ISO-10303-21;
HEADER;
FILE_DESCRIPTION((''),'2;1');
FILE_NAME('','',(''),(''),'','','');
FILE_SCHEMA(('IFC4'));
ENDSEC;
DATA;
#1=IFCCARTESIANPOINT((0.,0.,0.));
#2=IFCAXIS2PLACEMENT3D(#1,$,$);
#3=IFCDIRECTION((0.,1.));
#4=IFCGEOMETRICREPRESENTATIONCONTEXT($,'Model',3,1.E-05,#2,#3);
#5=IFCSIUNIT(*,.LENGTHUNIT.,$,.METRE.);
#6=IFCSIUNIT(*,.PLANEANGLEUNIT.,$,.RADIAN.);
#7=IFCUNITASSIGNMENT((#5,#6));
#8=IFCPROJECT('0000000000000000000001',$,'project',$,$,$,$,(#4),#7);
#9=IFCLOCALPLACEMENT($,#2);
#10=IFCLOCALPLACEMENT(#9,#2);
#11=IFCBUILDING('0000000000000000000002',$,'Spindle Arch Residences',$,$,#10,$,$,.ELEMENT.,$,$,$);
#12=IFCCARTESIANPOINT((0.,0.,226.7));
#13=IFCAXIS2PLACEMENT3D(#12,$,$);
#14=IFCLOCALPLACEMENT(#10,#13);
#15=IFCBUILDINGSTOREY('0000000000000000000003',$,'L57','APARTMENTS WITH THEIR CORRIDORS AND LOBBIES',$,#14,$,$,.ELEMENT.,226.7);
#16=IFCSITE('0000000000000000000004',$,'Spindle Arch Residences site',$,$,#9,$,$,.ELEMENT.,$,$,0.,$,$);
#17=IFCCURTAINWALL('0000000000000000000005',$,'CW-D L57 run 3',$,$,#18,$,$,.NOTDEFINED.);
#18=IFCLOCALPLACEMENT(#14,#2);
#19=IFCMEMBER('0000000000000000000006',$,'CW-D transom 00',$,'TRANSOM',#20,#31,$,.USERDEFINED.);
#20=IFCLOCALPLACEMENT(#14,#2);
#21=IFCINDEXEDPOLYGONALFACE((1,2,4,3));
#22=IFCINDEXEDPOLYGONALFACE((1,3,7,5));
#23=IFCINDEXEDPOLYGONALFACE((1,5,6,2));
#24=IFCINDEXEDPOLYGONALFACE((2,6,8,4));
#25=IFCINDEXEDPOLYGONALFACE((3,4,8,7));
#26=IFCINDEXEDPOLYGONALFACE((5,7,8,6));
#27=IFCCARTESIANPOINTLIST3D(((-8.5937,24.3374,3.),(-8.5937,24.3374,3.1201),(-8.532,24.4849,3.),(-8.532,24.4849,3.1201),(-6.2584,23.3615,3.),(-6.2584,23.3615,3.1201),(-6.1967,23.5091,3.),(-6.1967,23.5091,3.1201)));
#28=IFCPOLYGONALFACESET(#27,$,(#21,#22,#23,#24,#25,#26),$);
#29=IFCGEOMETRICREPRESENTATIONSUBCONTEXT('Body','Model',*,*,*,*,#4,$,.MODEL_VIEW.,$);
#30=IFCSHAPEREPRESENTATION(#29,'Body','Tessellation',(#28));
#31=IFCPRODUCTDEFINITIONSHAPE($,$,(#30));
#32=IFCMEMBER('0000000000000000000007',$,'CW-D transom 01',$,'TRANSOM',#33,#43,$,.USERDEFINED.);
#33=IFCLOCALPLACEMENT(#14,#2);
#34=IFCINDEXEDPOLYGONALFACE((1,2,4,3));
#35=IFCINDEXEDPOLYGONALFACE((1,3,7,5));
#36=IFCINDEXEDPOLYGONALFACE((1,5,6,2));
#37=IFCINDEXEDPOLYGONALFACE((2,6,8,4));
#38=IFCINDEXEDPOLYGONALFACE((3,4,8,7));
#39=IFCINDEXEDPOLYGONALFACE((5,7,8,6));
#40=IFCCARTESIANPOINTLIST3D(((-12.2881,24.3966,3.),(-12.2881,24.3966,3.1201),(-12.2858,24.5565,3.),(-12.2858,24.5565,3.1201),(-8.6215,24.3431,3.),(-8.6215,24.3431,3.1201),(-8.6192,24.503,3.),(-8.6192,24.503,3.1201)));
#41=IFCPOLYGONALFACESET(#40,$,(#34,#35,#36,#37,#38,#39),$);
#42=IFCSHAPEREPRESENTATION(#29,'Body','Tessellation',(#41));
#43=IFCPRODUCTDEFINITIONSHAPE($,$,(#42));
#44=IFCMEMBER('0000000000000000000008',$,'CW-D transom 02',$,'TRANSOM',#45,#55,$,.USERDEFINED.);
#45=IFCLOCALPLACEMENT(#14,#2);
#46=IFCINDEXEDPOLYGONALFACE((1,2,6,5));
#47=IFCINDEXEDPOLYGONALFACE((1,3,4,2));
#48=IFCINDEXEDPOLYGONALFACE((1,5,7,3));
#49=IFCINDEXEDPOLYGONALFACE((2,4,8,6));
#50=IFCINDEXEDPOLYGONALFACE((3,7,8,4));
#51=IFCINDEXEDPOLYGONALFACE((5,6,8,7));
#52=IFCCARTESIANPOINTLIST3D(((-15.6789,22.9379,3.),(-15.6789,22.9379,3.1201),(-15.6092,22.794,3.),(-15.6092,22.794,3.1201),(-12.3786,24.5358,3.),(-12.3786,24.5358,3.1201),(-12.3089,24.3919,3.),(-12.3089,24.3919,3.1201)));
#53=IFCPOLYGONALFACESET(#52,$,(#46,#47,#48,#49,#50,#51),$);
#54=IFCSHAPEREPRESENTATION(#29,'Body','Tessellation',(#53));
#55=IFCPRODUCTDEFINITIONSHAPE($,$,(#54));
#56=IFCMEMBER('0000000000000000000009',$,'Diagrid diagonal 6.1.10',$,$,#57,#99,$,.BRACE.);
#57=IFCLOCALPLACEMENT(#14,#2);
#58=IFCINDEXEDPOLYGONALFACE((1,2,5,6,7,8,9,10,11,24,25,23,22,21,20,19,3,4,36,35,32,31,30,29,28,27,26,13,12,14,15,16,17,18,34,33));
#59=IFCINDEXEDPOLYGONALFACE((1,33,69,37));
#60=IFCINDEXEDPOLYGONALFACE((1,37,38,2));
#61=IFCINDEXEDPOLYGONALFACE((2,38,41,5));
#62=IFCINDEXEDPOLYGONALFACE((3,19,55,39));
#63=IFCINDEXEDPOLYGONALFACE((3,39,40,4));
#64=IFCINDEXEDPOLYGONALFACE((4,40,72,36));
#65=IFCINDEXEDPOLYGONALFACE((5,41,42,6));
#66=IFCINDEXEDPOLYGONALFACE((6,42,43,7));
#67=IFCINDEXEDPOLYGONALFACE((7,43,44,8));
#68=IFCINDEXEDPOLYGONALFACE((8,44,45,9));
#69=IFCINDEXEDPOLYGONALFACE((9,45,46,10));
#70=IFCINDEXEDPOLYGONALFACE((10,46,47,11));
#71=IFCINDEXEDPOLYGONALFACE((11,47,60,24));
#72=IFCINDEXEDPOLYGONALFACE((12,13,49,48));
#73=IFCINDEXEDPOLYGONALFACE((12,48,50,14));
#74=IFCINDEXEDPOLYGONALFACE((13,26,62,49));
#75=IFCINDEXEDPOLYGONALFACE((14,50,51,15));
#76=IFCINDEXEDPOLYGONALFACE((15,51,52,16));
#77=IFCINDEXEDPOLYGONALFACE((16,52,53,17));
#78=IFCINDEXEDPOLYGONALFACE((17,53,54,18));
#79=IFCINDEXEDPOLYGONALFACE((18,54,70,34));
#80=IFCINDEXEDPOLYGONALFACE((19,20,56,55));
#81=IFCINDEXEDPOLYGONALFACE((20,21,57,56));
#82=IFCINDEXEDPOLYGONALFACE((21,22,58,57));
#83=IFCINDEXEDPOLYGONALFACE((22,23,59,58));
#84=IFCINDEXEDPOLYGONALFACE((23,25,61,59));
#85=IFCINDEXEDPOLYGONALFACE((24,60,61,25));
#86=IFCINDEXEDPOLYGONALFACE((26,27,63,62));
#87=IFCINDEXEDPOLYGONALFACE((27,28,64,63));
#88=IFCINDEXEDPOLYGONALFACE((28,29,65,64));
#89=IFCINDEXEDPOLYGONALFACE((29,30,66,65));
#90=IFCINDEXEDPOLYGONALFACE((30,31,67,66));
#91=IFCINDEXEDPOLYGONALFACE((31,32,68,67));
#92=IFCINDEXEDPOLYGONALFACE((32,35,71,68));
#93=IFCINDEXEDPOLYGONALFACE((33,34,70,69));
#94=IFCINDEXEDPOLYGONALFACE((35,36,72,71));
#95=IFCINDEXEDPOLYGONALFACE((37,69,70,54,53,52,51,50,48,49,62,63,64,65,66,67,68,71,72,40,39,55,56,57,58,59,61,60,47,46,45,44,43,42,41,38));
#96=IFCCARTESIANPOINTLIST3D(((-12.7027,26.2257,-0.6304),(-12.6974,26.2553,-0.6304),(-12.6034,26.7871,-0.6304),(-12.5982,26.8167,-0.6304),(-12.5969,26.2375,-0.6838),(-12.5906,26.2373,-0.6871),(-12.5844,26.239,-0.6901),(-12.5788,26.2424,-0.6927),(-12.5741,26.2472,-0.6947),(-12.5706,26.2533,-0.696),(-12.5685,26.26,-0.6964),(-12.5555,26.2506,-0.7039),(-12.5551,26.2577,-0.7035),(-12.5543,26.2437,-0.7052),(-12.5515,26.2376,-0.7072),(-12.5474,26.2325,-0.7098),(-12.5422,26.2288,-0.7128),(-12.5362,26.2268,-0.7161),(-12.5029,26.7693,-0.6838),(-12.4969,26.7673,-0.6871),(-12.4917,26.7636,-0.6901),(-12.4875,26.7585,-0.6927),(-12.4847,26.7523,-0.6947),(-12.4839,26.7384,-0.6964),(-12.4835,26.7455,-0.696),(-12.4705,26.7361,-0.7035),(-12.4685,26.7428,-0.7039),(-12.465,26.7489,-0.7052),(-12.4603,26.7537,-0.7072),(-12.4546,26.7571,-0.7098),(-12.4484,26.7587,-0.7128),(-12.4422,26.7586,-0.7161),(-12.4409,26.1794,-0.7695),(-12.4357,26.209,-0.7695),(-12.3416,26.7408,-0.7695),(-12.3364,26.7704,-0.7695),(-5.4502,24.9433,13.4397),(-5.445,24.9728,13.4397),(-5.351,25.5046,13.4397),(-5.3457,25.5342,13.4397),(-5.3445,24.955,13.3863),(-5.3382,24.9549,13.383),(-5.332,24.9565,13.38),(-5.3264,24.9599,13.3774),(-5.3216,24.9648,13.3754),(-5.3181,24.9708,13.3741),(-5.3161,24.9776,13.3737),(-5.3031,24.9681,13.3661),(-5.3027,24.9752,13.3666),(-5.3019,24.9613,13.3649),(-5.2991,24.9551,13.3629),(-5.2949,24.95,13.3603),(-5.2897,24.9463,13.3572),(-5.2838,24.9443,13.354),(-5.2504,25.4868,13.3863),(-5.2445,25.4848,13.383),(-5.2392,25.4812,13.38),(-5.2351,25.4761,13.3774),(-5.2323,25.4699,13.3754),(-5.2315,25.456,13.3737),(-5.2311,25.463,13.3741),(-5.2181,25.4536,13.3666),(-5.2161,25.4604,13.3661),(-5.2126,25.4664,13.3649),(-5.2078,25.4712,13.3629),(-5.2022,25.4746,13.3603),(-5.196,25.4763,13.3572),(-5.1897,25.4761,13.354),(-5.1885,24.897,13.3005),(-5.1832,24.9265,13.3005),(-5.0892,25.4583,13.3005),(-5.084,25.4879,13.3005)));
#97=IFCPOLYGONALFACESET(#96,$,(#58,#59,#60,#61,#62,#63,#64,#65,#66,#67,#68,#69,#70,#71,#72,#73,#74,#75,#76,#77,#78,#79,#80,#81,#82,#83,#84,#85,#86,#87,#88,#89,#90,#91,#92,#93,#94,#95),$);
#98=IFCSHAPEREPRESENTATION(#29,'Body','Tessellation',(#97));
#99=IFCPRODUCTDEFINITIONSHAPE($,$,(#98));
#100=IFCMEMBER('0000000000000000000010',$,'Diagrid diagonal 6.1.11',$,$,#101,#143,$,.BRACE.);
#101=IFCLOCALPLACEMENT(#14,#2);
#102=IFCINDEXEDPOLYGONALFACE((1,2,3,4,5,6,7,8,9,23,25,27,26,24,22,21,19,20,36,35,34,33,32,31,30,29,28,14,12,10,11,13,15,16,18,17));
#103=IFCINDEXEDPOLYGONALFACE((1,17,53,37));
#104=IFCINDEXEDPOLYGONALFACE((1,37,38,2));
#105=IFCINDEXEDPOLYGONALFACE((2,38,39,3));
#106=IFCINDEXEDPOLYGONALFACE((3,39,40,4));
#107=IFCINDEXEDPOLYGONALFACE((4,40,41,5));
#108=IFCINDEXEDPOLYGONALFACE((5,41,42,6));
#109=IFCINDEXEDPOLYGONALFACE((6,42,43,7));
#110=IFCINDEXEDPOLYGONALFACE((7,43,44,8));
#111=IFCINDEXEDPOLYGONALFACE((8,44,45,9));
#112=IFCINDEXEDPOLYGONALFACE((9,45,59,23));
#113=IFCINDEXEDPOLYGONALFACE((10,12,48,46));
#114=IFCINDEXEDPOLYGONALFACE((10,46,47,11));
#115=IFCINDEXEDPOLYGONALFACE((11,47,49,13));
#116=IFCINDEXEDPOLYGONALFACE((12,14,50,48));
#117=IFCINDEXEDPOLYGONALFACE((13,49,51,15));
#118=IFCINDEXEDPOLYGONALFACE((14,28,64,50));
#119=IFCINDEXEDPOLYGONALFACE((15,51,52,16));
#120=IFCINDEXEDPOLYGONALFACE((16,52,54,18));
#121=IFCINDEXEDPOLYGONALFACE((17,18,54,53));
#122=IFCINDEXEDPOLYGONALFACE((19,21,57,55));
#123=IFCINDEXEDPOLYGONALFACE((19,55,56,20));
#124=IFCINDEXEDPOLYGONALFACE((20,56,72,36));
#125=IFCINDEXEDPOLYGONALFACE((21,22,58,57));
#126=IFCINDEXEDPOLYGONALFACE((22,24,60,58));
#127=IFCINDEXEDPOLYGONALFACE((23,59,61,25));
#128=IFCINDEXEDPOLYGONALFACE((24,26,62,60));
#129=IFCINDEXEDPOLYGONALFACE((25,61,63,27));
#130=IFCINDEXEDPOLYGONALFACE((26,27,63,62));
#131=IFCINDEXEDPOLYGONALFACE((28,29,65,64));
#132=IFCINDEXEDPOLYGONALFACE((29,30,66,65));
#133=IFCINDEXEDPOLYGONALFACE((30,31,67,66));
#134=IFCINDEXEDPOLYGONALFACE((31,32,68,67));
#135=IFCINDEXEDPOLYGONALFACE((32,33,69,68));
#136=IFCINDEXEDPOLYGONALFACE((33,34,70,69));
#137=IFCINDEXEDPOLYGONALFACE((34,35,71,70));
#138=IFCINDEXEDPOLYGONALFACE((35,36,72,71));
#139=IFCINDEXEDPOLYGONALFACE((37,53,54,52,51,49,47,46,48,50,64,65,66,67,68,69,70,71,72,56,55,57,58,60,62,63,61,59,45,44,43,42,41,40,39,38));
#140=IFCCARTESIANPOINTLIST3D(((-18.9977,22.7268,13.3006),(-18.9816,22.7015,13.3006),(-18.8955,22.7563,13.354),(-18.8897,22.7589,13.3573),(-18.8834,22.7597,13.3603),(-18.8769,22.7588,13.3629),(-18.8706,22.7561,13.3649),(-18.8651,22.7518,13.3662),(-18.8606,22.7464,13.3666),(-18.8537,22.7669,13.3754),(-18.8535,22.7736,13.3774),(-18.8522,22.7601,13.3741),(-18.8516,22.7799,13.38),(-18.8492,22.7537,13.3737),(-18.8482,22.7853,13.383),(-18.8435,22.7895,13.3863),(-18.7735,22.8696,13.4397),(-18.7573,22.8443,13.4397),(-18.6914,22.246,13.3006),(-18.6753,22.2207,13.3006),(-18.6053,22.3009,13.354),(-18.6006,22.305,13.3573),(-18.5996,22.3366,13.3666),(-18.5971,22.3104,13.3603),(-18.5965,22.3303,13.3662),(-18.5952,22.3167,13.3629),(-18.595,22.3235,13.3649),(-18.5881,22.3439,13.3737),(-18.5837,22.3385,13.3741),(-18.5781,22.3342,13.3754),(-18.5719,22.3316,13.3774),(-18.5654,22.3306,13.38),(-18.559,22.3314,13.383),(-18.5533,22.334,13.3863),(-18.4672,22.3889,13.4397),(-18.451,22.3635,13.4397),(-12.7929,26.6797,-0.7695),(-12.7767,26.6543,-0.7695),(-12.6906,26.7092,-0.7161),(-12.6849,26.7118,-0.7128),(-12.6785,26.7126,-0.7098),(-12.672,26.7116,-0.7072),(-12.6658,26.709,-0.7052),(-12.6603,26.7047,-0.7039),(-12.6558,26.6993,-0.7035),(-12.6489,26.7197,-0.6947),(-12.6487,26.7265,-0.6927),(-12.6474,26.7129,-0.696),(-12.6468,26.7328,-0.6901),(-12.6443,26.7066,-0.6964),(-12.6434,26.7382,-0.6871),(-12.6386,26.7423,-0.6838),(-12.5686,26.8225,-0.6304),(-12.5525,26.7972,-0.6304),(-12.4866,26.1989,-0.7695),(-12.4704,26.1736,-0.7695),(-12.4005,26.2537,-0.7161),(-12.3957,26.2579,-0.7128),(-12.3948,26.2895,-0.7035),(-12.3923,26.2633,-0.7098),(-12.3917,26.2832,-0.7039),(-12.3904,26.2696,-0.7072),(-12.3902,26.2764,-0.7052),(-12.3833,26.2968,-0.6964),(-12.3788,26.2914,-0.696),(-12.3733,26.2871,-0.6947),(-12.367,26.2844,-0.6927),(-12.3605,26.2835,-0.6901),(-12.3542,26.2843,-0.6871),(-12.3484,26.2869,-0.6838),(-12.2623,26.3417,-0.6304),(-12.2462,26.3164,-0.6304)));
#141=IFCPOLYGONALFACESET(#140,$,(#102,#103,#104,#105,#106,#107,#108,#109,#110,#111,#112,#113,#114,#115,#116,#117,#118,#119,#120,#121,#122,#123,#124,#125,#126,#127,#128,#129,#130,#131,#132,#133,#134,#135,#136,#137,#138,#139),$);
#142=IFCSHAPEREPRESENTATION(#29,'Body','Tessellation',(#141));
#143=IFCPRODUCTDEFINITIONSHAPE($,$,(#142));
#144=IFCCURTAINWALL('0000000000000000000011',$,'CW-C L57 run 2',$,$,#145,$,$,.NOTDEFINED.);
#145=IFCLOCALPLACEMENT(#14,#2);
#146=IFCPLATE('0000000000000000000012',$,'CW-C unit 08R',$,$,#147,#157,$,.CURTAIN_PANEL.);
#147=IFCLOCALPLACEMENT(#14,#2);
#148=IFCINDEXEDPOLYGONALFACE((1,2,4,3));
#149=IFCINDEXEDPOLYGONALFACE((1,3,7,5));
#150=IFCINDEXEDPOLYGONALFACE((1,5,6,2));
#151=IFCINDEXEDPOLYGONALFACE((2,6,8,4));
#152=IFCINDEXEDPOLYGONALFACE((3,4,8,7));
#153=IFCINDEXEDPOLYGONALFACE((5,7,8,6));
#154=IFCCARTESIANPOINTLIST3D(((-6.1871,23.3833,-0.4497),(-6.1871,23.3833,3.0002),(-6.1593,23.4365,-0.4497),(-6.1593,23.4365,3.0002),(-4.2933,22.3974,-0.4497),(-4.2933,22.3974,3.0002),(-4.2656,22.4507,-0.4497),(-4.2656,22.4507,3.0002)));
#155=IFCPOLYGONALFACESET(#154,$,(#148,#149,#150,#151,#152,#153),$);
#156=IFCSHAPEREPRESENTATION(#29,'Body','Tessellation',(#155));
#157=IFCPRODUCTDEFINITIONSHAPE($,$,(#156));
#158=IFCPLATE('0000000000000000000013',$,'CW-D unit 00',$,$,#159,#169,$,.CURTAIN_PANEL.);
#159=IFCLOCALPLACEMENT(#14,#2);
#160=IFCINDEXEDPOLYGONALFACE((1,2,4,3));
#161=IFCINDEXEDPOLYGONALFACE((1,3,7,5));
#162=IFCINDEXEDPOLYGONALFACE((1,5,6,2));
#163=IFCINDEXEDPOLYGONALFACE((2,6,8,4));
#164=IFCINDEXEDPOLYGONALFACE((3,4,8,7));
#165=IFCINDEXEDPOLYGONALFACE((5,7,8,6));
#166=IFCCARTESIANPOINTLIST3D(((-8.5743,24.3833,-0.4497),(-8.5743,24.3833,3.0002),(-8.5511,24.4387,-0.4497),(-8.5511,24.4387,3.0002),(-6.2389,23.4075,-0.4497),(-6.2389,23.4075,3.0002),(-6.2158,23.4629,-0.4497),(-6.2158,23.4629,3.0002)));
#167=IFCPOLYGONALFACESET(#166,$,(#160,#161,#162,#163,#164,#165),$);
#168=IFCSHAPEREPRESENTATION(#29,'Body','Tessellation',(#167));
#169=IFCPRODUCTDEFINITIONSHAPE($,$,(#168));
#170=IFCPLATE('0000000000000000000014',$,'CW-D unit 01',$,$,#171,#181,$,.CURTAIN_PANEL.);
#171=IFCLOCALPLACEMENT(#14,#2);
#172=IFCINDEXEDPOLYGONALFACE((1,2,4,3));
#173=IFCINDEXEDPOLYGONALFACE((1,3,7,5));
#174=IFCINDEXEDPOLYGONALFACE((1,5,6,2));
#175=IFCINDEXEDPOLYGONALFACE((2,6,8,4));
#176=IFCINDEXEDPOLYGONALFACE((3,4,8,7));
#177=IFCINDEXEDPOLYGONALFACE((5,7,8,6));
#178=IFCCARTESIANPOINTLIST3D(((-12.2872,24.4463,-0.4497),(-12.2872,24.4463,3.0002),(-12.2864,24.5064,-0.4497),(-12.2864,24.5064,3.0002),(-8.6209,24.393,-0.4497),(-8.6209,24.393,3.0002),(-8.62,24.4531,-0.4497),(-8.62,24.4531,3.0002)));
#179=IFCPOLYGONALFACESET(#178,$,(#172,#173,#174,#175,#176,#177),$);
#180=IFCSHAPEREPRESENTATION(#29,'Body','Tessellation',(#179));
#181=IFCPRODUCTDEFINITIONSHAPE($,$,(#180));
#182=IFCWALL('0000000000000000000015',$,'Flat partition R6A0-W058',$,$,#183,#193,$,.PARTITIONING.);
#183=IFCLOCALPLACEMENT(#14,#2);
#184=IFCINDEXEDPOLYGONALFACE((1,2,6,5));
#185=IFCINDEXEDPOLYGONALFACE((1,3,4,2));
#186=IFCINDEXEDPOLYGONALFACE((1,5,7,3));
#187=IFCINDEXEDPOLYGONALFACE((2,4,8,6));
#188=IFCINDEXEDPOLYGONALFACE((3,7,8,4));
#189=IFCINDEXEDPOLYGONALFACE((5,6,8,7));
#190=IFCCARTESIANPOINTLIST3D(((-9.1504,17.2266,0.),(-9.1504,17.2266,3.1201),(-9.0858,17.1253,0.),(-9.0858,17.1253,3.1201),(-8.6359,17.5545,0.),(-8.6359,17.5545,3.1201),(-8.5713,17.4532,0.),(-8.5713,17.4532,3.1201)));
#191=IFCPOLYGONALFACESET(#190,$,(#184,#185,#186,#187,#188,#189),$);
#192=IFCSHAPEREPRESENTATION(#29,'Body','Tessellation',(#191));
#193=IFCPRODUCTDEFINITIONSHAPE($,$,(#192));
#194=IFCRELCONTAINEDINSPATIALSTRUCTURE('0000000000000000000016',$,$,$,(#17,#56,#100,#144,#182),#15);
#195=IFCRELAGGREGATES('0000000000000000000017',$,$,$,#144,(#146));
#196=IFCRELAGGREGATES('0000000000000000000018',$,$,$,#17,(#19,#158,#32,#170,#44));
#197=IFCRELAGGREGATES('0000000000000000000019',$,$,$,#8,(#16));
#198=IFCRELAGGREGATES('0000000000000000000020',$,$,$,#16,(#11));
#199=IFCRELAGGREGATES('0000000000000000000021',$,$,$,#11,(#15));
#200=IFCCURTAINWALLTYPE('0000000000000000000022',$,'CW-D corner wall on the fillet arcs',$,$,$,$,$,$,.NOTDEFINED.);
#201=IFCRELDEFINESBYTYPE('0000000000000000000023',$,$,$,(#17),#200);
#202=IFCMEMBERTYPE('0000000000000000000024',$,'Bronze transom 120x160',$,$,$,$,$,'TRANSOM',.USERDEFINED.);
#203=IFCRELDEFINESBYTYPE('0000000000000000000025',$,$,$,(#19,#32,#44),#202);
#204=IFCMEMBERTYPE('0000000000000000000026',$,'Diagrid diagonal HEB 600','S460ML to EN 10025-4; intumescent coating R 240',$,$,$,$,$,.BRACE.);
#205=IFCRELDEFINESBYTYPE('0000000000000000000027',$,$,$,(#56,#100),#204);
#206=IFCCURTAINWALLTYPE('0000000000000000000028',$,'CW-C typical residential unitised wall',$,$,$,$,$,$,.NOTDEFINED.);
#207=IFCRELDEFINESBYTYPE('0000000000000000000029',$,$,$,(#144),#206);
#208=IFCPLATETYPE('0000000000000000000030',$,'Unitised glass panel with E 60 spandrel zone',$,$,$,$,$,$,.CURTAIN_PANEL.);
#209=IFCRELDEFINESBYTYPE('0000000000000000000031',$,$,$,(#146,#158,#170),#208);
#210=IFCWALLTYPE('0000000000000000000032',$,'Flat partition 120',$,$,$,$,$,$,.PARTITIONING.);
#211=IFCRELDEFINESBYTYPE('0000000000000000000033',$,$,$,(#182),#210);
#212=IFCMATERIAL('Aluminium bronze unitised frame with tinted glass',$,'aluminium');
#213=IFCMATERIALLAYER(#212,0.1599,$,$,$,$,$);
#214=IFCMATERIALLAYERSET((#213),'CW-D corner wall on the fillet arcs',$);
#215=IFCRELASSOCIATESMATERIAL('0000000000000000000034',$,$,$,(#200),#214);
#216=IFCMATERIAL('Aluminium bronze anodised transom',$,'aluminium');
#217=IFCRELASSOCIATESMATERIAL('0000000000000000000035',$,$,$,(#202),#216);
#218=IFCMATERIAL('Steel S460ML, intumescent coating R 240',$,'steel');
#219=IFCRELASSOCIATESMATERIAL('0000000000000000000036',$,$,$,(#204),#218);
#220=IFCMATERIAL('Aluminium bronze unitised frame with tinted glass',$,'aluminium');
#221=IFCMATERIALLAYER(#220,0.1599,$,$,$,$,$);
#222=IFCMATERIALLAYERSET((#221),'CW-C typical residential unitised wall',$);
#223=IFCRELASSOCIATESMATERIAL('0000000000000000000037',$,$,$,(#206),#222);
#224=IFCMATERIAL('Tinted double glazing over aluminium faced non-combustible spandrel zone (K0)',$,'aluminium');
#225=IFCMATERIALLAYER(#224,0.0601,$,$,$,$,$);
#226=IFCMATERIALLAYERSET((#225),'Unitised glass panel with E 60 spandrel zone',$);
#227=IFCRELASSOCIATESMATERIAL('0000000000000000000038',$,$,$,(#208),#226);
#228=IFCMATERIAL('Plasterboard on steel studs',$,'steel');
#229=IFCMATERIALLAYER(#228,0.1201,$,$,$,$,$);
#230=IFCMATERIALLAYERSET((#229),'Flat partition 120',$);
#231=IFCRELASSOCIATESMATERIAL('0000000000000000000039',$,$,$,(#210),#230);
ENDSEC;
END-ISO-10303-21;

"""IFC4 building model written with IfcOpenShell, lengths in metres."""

from ifc_helpers import new_model, si_unit, direction, frame, frame_2d, origin, origin_2d, place, context, subcontext, project, spatial, rectangle, i_section, extrude, material, layer, layer_set, material_profile, profile_set, type_object, element, aggregate, save


model = new_model("IFC4")

# Units and contexts
model_context = context("Model", 3, precision=1e-05, world=origin(), true_north=direction((0.0, 1.0)))
body_context = subcontext(model_context, "Body", "Model", "MODEL_VIEW")
ifc_project = project(units=[si_unit("LENGTHUNIT", "METRE"), si_unit("PLANEANGLEUNIT", "RADIAN")], contexts=[model_context])

# Site, building, storey
site_placement = place(None, origin())
site = spatial("IfcSite", under=ifc_project, at=site_placement, Name="Spindle Arch Residences site", CompositionType="ELEMENT", RefElevation=0.0)
building_placement = place(site_placement, origin())
building = spatial("IfcBuilding", under=site, at=building_placement, Name="Spindle Arch Residences", CompositionType="ELEMENT")
storey_placement = place(building_placement, frame((0.0, 0.0, 226.7)))
storey = spatial("IfcBuildingStorey", under=building, at=storey_placement, Name="L57", Description="APARTMENTS WITH THEIR CORRIDORS AND LOBBIES", CompositionType="ELEMENT", Elevation=226.7)

# Curtain wall, members
ifc_material_1 = material(Name="Aluminium bronze unitised frame with tinted glass", Category="aluminium")
ifc_layer_1 = layer(ifc_material_1, 0.1599)
ifc_layer_set_1 = layer_set([ifc_layer_1], Name="CW-D corner wall on the fillet arcs")
curtain_wall_type_1 = type_object("IfcCurtainWallType", Name="CW-D corner wall on the fillet arcs", PredefinedType="NOTDEFINED", material=ifc_layer_set_1)
curtain_wall_1_placement = place(storey_placement, origin())
curtain_wall_1 = element("IfcCurtainWall", 1, at=curtain_wall_1_placement, inside=storey, type_object=curtain_wall_type_1, Name="CW-D L57 run 3", PredefinedType="NOTDEFINED")
ifc_material_2 = material(Name="Aluminium bronze anodised transom", Category="aluminium")
ifc_material_profile_1 = material_profile(ifc_material_2, rectangle(XDim=0.1599, YDim=0.1201, at=origin_2d()), Name="TR 120x160")
ifc_profile_set_1 = profile_set([ifc_material_profile_1], Name="Aluminium bronze anodised transom")
member_type_1 = type_object("IfcMemberType", Name="Bronze transom 120x160", ElementType="TRANSOM", PredefinedType="USERDEFINED", material=ifc_profile_set_1)
member_1_placement = place(storey_placement, frame((-6.2275, 23.4353, 3.0601), z_axis=(-0.92268, 0.385567, 0.0), x_axis=(-0.385567, -0.92268, 0.0)))
member_1 = element("IfcMember", 2, at=member_1_placement, type_object=member_type_1, Name="CW-D transom 00", ObjectType="TRANSOM", PredefinedType="USERDEFINED", context=body_context, shape_type="SweptSolid", body=[
    extrude(rectangle(XDim=0.1599, YDim=0.1201, at=origin_2d()), origin(), (0.0, 0.0, 1.0), 2.531),
])
member_2_placement = place(storey_placement, frame((-8.6204, 24.4231, 3.0601), z_axis=(-0.999894, 0.014581, 0.0), x_axis=(-0.014581, -0.999894, 0.0)))
member_2 = element("IfcMember", 3, at=member_2_placement, type_object=member_type_1, Name="CW-D transom 01", ObjectType="TRANSOM", PredefinedType="USERDEFINED", context=body_context, shape_type="SweptSolid", body=[
    extrude(rectangle(XDim=0.1599, YDim=0.1201, at=origin_2d()), origin(), (0.0, 0.0, 1.0), 3.667),
])
member_3_placement = place(storey_placement, frame((-12.3438, 24.4639, 3.0601), z_axis=(-0.900054, -0.435778, 0.0), x_axis=(0.435778, -0.900054, 0.0)))
member_3 = element("IfcMember", 4, at=member_3_placement, type_object=member_type_1, Name="CW-D transom 02", ObjectType="TRANSOM", PredefinedType="USERDEFINED", context=body_context, shape_type="SweptSolid", body=[
    extrude(rectangle(XDim=0.1599, YDim=0.1201, at=origin_2d()), origin(), (0.0, 0.0, 1.0), 3.6667),
])

# Members
ifc_material_3 = material(Name="Steel S460ML, intumescent coating R 240", Category="steel")
ifc_material_profile_2 = material_profile(ifc_material_3, i_section(OverallWidth=0.3, OverallDepth=0.6001, WebThickness=0.0154, FlangeThickness=0.03, FilletRadius=0.0271, at=origin_2d()), Name="HEB 600")
ifc_profile_set_2 = profile_set([ifc_material_profile_2], Name="Steel S460ML, intumescent coating R 240")
member_type_2 = type_object("IfcMemberType", Name="Diagrid diagonal HEB 600", Description="S460ML to EN 10025-4; intumescent coating R 240", PredefinedType="BRACE", material=ifc_profile_set_2)
member_4_placement = place(storey_placement, frame((-12.5195, 26.498, -0.7), z_axis=(0.456671, -0.080755, 0.885963), x_axis=(-0.872428, 0.154274, 0.463756)))
element("IfcMember", 5, at=member_4_placement, inside=storey, type_object=member_type_2, Name="Diagrid diagonal 6.1.10", PredefinedType="BRACE", context=body_context, shape_type="SweptSolid", body=[
    extrude(i_section(OverallWidth=0.3, OverallDepth=0.6001, WebThickness=0.0154, FlangeThickness=0.03, FilletRadius=0.0271, at=origin_2d()), origin(), (0.0, 0.0, 1.0), 15.8811),
])
member_5_placement = place(storey_placement, frame((-12.5195, 26.498, -0.7), z_axis=(-0.390796, -0.248963, 0.886169), x_axis=(0.747389, 0.476135, 0.463362)))
element("IfcMember", 6, at=member_5_placement, inside=storey, type_object=member_type_2, Name="Diagrid diagonal 6.1.11", PredefinedType="BRACE", context=body_context, shape_type="SweptSolid", body=[
    extrude(i_section(OverallWidth=0.3, OverallDepth=0.6001, WebThickness=0.0154, FlangeThickness=0.03, FilletRadius=0.0271, at=origin_2d()), origin(), (0.0, 0.0, 1.0), 15.8774),
])

# Curtain wall, plate
ifc_material_4 = material(Name="Aluminium bronze unitised frame with tinted glass", Category="aluminium")
ifc_layer_2 = layer(ifc_material_4, 0.1599)
ifc_layer_set_2 = layer_set([ifc_layer_2], Name="CW-C typical residential unitised wall")
curtain_wall_type_2 = type_object("IfcCurtainWallType", Name="CW-C typical residential unitised wall", PredefinedType="NOTDEFINED", material=ifc_layer_set_2)
curtain_wall_2_placement = place(storey_placement, origin())
curtain_wall_2 = element("IfcCurtainWall", 7, at=curtain_wall_2_placement, inside=storey, type_object=curtain_wall_type_2, Name="CW-C L57 run 2", PredefinedType="NOTDEFINED")
ifc_material_5 = material(Name="Tinted double glazing over aluminium faced non-combustible spandrel zone (K0)", Category="aluminium")
ifc_layer_3 = layer(ifc_material_5, 0.0601)
ifc_layer_set_3 = layer_set([ifc_layer_3], Name="Unitised glass panel with E 60 spandrel zone")
plate_type = type_object("IfcPlateType", Name="Unitised glass panel with E 60 spandrel zone", PredefinedType="CURTAIN_PANEL", material=ifc_layer_set_3)
plate_1_placement = place(storey_placement, frame((-5.2263, 22.917, -0.4497), z_axis=(0.0, 0.0, 1.0), x_axis=(-0.887011, 0.461749, 0.0)))
plate_1 = element("IfcPlate", 8, at=plate_1_placement, type_object=plate_type, Name="CW-C unit 08R", PredefinedType="CURTAIN_PANEL", context=body_context, shape_type="SweptSolid", body=[
    extrude(rectangle(XDim=2.135, YDim=0.0601, at=origin_2d()), origin(), (0.0, 0.0, 1.0), 3.45),
])
aggregate(curtain_wall_2, [plate_1])

# Plates
plate_2_placement = place(storey_placement, frame((-7.395, 23.9231, -0.4497), z_axis=(0.0, 0.0, 1.0), x_axis=(-0.922686, 0.385552, 0.0)))
plate_2 = element("IfcPlate", 9, at=plate_2_placement, type_object=plate_type, Name="CW-D unit 00", PredefinedType="CURTAIN_PANEL", context=body_context, shape_type="SweptSolid", body=[
    extrude(rectangle(XDim=2.531, YDim=0.0601, at=origin_2d()), origin(), (0.0, 0.0, 1.0), 3.45),
])
plate_3_placement = place(storey_placement, frame((-10.4536, 24.4497, -0.4497), z_axis=(0.0, 0.0, 1.0), x_axis=(-0.999894, 0.014544, 0.0)))
plate_3 = element("IfcPlate", 10, at=plate_3_placement, type_object=plate_type, Name="CW-D unit 01", PredefinedType="CURTAIN_PANEL", context=body_context, shape_type="SweptSolid", body=[
    extrude(rectangle(XDim=3.6667, YDim=0.0601, at=origin_2d()), origin(), (0.0, 0.0, 1.0), 3.45),
])
aggregate(curtain_wall_1, [member_1, plate_2, member_2, plate_3, member_3])

# Wall
ifc_material_6 = material(Name="Plasterboard on steel studs", Category="steel")
ifc_layer_4 = layer(ifc_material_6, 0.1201)
ifc_layer_set_4 = layer_set([ifc_layer_4], Name="Flat partition 120")
wall_type_1 = type_object("IfcWallType", Name="Flat partition 120", PredefinedType="PARTITIONING", material=ifc_layer_set_4)
wall_1_placement = place(storey_placement, frame((-8.6035, 17.5039, 0.0), z_axis=(0.0, 0.0, 1.0), x_axis=(-0.843266, -0.537497, 0.0)))
element("IfcWall", 11, at=wall_1_placement, inside=storey, type_object=wall_type_1, Name="Flat partition R6A0-W058", PredefinedType="PARTITIONING", context=body_context, shape_type="SweptSolid", body=[
    extrude(rectangle(XDim=0.6101, YDim=0.1201, at=frame_2d((0.3052, 0.0))), origin(), (0.0, 0.0, 1.0), 3.1201),
])

save(model, "model.ifc")
